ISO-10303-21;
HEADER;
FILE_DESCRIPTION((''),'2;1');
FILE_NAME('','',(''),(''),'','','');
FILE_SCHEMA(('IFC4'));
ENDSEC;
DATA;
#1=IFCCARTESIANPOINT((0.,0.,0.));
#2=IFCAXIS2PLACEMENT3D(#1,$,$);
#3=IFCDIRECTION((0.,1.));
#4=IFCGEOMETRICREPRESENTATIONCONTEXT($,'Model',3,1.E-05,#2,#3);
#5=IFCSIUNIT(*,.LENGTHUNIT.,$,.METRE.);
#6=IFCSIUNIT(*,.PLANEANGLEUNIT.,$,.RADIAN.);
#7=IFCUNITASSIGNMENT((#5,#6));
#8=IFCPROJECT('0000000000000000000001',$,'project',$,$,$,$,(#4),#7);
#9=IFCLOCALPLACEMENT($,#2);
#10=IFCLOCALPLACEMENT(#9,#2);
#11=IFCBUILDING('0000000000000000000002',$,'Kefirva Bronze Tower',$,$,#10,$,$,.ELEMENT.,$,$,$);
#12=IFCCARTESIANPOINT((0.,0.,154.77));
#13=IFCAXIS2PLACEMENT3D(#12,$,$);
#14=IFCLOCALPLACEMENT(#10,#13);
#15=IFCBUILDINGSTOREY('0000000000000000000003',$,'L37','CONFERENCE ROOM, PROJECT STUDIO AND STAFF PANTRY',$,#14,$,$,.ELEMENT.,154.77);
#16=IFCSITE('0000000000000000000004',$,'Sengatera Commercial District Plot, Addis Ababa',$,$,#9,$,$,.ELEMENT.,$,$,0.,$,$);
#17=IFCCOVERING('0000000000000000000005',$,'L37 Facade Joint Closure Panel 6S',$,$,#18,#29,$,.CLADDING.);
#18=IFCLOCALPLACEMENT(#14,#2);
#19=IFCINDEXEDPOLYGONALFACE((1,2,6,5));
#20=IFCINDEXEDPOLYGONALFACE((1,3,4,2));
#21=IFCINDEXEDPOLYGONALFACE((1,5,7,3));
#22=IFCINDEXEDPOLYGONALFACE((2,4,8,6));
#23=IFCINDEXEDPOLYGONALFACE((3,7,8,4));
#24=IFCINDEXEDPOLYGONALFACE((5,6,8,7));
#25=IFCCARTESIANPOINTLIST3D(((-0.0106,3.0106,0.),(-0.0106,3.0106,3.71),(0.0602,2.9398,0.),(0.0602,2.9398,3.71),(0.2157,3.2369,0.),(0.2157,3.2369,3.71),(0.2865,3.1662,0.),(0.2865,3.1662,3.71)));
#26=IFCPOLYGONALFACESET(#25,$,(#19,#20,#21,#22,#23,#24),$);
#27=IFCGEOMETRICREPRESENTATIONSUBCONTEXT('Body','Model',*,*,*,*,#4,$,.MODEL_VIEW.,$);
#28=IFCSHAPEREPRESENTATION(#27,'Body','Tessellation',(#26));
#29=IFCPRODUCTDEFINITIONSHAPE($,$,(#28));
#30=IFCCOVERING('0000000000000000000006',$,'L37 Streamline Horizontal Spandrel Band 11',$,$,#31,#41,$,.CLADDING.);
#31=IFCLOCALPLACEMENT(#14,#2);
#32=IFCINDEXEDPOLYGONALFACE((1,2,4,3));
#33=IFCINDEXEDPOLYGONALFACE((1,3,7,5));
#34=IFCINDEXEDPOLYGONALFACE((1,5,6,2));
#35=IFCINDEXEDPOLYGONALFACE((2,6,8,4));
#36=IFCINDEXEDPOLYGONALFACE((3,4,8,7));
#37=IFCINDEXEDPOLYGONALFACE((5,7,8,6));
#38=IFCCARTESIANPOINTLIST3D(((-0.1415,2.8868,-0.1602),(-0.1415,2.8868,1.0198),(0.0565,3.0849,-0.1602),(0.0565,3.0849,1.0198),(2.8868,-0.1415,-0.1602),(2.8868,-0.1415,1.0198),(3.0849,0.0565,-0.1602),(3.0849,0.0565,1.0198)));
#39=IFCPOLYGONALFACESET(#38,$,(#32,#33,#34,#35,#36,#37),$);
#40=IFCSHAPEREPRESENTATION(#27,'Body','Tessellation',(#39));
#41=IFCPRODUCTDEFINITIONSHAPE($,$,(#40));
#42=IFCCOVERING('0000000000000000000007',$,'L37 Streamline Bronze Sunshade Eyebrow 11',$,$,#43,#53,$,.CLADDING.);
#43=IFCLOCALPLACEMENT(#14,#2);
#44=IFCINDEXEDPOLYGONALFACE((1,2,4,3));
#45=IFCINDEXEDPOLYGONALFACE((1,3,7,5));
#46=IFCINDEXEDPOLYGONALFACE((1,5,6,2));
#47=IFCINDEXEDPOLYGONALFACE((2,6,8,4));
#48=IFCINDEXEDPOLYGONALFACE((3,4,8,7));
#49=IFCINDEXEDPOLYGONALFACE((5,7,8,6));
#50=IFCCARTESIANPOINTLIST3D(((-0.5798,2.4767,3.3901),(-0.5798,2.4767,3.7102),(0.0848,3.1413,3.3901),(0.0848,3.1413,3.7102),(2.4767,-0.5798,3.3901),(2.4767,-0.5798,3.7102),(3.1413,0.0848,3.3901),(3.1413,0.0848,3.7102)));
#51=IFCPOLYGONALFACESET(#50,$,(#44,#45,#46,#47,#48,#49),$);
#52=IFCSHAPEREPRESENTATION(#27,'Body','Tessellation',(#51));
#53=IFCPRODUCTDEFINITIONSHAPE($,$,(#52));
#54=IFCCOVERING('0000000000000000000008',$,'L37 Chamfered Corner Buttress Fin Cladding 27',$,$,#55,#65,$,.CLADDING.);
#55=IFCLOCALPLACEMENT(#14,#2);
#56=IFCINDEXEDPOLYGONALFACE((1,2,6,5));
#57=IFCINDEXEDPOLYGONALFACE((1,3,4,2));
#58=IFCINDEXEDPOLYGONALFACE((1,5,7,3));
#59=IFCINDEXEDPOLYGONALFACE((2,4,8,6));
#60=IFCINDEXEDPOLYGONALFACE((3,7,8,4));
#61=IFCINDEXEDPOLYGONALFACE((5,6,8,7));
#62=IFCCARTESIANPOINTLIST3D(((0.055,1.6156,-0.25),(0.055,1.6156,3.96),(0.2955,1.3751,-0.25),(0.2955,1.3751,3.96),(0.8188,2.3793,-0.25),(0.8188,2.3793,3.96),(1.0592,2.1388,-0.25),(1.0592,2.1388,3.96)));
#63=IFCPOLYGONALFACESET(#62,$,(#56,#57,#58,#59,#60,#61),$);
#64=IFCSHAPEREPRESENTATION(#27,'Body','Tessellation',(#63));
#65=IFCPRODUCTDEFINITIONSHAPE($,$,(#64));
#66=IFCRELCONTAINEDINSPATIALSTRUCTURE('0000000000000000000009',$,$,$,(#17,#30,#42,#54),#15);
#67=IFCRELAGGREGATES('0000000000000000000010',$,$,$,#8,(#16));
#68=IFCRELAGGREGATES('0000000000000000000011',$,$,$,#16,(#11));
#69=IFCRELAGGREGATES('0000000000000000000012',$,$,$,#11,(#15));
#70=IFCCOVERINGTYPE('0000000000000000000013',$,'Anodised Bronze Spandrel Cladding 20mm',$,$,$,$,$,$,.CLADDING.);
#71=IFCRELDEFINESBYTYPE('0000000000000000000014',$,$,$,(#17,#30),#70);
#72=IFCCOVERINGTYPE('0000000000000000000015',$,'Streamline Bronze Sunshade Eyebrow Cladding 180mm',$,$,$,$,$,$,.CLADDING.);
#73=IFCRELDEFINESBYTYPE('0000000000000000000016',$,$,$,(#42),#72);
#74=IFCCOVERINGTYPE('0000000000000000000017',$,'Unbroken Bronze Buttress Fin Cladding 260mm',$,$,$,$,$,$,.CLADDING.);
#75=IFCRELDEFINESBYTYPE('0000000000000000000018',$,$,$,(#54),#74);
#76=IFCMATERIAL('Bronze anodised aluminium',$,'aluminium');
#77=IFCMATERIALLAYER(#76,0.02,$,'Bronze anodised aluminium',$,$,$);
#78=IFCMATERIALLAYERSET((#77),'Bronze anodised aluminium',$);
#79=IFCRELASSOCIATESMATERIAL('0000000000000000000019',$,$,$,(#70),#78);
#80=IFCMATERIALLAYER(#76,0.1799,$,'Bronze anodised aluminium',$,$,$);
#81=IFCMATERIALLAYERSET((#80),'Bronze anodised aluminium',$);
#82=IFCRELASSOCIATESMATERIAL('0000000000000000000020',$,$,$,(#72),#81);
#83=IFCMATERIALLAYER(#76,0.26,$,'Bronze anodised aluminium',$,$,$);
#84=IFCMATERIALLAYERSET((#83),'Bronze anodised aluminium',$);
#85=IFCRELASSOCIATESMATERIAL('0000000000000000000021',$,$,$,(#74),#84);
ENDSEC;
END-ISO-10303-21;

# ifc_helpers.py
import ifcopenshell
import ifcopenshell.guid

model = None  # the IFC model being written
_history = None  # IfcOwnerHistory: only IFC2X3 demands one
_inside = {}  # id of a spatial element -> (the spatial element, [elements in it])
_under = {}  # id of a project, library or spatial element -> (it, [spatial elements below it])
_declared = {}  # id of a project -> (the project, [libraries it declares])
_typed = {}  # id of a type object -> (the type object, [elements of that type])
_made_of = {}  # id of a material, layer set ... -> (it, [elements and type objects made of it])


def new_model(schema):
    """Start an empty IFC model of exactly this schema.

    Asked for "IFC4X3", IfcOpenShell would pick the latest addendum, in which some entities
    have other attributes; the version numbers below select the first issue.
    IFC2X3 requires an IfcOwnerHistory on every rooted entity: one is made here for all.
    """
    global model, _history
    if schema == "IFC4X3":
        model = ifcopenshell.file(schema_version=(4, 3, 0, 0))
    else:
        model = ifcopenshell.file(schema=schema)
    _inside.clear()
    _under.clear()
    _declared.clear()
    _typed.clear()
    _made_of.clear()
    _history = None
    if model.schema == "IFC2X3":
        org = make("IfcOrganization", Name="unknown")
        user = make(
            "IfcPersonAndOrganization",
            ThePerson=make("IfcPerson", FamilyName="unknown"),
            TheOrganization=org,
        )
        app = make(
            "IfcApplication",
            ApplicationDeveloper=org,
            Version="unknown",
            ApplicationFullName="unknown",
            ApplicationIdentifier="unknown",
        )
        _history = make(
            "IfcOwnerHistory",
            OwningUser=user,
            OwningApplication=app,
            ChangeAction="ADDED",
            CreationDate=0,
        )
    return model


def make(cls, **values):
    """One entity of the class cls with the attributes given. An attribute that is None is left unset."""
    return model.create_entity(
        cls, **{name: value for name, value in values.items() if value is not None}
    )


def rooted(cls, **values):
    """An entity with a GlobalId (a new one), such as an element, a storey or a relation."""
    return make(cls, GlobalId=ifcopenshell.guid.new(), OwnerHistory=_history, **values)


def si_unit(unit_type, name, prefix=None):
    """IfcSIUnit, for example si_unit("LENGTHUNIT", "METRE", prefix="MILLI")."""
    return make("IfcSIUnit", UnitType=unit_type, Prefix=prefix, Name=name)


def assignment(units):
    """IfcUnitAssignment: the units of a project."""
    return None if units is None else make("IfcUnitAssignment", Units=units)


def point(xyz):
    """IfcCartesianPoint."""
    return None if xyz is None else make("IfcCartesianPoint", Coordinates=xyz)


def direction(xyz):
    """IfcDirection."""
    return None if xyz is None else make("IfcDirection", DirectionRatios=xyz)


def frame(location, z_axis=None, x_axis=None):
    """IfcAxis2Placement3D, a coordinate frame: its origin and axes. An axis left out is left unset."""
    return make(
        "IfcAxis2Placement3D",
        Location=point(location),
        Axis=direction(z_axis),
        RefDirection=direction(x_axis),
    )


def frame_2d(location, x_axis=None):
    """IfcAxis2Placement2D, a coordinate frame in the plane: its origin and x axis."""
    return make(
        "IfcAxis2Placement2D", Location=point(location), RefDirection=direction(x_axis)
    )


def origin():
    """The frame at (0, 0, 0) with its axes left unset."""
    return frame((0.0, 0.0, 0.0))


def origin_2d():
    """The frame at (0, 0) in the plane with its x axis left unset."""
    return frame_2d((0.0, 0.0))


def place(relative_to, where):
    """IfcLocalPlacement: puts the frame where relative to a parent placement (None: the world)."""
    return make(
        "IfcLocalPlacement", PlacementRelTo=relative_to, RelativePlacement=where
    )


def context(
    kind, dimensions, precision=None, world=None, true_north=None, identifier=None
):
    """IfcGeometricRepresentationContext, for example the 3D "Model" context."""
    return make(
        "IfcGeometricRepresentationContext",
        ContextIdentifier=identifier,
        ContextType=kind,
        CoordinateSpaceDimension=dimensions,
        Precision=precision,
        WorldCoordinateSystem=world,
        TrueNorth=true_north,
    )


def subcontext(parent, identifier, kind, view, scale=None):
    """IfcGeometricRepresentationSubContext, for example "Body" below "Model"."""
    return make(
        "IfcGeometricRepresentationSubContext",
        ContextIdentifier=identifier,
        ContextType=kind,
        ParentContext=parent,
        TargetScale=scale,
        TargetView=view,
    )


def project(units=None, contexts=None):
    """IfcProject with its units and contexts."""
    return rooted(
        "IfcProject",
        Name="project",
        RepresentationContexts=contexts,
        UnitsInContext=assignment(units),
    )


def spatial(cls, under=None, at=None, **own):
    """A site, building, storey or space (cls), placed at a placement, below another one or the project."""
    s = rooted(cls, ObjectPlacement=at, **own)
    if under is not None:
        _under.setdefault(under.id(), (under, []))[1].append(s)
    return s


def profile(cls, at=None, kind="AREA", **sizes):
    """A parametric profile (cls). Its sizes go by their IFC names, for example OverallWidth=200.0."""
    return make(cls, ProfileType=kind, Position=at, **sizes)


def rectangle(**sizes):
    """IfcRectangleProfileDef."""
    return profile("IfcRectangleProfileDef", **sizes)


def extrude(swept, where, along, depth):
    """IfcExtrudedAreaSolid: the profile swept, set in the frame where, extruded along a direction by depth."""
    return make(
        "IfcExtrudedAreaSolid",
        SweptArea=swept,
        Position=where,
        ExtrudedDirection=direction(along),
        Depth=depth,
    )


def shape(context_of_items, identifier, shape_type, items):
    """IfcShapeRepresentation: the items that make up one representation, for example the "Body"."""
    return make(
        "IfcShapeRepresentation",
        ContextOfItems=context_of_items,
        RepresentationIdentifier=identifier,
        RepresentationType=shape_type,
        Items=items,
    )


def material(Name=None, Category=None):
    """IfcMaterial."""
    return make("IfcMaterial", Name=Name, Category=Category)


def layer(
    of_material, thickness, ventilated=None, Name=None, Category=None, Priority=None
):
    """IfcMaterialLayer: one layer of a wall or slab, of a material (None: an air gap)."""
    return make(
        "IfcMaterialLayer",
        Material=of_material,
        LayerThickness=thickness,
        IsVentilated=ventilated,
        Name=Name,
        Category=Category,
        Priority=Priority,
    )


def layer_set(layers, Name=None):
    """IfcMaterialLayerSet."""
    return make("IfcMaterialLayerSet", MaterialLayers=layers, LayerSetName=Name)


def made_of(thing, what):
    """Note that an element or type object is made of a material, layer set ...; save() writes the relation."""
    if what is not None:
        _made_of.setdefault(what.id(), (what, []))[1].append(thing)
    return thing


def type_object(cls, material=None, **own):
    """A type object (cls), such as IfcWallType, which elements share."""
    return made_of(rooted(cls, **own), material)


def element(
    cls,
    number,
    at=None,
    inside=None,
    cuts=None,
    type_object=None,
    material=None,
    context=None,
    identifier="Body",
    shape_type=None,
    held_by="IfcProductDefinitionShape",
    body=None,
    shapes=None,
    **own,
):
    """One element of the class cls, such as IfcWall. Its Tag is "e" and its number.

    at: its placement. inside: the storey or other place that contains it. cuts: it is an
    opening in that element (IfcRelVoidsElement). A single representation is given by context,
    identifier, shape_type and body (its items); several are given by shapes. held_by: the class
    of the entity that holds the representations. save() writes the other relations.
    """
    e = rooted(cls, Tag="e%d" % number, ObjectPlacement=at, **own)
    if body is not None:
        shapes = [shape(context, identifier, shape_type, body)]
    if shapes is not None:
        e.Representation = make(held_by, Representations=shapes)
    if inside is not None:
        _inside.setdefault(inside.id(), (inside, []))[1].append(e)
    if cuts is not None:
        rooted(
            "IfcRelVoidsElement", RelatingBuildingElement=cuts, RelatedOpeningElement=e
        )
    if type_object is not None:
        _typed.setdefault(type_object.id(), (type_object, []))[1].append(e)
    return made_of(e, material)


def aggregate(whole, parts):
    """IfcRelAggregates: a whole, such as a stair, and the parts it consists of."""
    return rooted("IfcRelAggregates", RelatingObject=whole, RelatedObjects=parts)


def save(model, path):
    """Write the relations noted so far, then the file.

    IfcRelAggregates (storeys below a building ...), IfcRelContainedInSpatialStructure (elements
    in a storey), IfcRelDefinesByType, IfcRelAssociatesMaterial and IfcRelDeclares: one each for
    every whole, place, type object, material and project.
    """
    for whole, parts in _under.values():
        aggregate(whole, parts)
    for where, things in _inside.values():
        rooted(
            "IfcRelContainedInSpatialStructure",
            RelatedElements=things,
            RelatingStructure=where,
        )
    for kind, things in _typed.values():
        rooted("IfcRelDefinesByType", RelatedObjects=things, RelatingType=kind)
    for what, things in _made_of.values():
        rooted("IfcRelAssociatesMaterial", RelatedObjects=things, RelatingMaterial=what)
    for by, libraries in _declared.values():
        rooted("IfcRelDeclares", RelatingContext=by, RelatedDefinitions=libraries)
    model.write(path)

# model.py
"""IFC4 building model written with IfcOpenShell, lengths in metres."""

from ifc_helpers import new_model, si_unit, direction, frame, origin, origin_2d, place, context, subcontext, project, spatial, rectangle, extrude, material, layer, layer_set, type_object, element, save


model = new_model("IFC4")

# Units and contexts
model_context = context("Model", 3, precision=1e-05, world=origin(), true_north=direction((0.0, 1.0)))
body_context = subcontext(model_context, "Body", "Model", "MODEL_VIEW")
ifc_project = project(units=[si_unit("LENGTHUNIT", "METRE"), si_unit("PLANEANGLEUNIT", "RADIAN")], contexts=[model_context])

# Site, building, storey
site_placement = place(None, origin())
site = spatial("IfcSite", under=ifc_project, at=site_placement, Name="Sengatera Commercial District Plot, Addis Ababa", CompositionType="ELEMENT", RefElevation=0.0)
building_placement = place(site_placement, origin())
building = spatial("IfcBuilding", under=site, at=building_placement, Name="Kefirva Bronze Tower", CompositionType="ELEMENT")
storey_placement = place(building_placement, frame((0.0, 0.0, 154.77)))
storey = spatial("IfcBuildingStorey", under=building, at=storey_placement, Name="L37", Description="CONFERENCE ROOM, PROJECT STUDIO AND STAFF PANTRY", CompositionType="ELEMENT", Elevation=154.77)

# Shared definitions
ifc_material_1 = material(Name="Bronze anodised aluminium", Category="aluminium")

# Coverings
ifc_layer_1 = layer(ifc_material_1, 0.02, Name="Bronze anodised aluminium")
ifc_layer_set_1 = layer_set([ifc_layer_1], Name="Bronze anodised aluminium")
covering_type_1 = type_object("IfcCoveringType", Name="Anodised Bronze Spandrel Cladding 20mm", PredefinedType="CLADDING", material=ifc_layer_set_1)
covering_1_placement = place(storey_placement, frame((0.1379, 3.0884, 0.0), z_axis=(0.0, 0.0, 1.0), x_axis=(0.707107, -0.707107, 0.0)))
element("IfcCovering", 1, at=covering_1_placement, inside=storey, type_object=covering_type_1, Name="L37 Facade Joint Closure Panel 6S", PredefinedType="CLADDING", context=body_context, shape_type="SweptSolid", body=[
    extrude(rectangle(XDim=0.1001, YDim=0.3201, at=origin_2d()), origin(), (0.0, 0.0, 1.0), 3.71),
])
covering_2_placement = place(storey_placement, frame((1.4717, 1.4717, -0.1602), z_axis=(0.0, 0.0, 1.0), x_axis=(0.707107, -0.707107, 0.0)))
element("IfcCovering", 2, at=covering_2_placement, inside=storey, type_object=covering_type_1, Name="L37 Streamline Horizontal Spandrel Band 11", PredefinedType="CLADDING", context=body_context, shape_type="SweptSolid", body=[
    extrude(rectangle(XDim=4.2827, YDim=0.28, at=origin_2d()), origin(), (0.0, 0.0, 1.0), 1.1799),
])
ifc_layer_2 = layer(ifc_material_1, 0.1799, Name="Bronze anodised aluminium")
ifc_layer_set_2 = layer_set([ifc_layer_2], Name="Bronze anodised aluminium")
covering_type_2 = type_object("IfcCoveringType", Name="Streamline Bronze Sunshade Eyebrow Cladding 180mm", PredefinedType="CLADDING", material=ifc_layer_set_2)
covering_3_placement = place(storey_placement, frame((1.2808, 1.2808, 3.3901), z_axis=(0.0, 0.0, 1.0), x_axis=(0.707107, -0.707107, 0.0)))
element("IfcCovering", 3, at=covering_3_placement, inside=storey, type_object=covering_type_2, Name="L37 Streamline Bronze Sunshade Eyebrow 11", PredefinedType="CLADDING", context=body_context, shape_type="SweptSolid", body=[
    extrude(rectangle(XDim=4.3225, YDim=0.9399, at=origin_2d()), origin(), (0.0, 0.0, 1.0), 0.3201),
])
ifc_layer_3 = layer(ifc_material_1, 0.26, Name="Bronze anodised aluminium")
ifc_layer_set_3 = layer_set([ifc_layer_3], Name="Bronze anodised aluminium")
covering_type_3 = type_object("IfcCoveringType", Name="Unbroken Bronze Buttress Fin Cladding 260mm", PredefinedType="CLADDING", material=ifc_layer_set_3)
covering_4_placement = place(storey_placement, frame((0.5571, 1.8772, -0.25), z_axis=(0.0, 0.0, 1.0), x_axis=(0.707107, -0.707107, 0.0)))
element("IfcCovering", 4, at=covering_4_placement, inside=storey, type_object=covering_type_3, Name="L37 Chamfered Corner Buttress Fin Cladding 27", PredefinedType="CLADDING", context=body_context, shape_type="SweptSolid", body=[
    extrude(rectangle(XDim=0.3401, YDim=1.0801, at=origin_2d()), origin(), (0.0, 0.0, 1.0), 4.21),
])

save(model, "model.ifc")
